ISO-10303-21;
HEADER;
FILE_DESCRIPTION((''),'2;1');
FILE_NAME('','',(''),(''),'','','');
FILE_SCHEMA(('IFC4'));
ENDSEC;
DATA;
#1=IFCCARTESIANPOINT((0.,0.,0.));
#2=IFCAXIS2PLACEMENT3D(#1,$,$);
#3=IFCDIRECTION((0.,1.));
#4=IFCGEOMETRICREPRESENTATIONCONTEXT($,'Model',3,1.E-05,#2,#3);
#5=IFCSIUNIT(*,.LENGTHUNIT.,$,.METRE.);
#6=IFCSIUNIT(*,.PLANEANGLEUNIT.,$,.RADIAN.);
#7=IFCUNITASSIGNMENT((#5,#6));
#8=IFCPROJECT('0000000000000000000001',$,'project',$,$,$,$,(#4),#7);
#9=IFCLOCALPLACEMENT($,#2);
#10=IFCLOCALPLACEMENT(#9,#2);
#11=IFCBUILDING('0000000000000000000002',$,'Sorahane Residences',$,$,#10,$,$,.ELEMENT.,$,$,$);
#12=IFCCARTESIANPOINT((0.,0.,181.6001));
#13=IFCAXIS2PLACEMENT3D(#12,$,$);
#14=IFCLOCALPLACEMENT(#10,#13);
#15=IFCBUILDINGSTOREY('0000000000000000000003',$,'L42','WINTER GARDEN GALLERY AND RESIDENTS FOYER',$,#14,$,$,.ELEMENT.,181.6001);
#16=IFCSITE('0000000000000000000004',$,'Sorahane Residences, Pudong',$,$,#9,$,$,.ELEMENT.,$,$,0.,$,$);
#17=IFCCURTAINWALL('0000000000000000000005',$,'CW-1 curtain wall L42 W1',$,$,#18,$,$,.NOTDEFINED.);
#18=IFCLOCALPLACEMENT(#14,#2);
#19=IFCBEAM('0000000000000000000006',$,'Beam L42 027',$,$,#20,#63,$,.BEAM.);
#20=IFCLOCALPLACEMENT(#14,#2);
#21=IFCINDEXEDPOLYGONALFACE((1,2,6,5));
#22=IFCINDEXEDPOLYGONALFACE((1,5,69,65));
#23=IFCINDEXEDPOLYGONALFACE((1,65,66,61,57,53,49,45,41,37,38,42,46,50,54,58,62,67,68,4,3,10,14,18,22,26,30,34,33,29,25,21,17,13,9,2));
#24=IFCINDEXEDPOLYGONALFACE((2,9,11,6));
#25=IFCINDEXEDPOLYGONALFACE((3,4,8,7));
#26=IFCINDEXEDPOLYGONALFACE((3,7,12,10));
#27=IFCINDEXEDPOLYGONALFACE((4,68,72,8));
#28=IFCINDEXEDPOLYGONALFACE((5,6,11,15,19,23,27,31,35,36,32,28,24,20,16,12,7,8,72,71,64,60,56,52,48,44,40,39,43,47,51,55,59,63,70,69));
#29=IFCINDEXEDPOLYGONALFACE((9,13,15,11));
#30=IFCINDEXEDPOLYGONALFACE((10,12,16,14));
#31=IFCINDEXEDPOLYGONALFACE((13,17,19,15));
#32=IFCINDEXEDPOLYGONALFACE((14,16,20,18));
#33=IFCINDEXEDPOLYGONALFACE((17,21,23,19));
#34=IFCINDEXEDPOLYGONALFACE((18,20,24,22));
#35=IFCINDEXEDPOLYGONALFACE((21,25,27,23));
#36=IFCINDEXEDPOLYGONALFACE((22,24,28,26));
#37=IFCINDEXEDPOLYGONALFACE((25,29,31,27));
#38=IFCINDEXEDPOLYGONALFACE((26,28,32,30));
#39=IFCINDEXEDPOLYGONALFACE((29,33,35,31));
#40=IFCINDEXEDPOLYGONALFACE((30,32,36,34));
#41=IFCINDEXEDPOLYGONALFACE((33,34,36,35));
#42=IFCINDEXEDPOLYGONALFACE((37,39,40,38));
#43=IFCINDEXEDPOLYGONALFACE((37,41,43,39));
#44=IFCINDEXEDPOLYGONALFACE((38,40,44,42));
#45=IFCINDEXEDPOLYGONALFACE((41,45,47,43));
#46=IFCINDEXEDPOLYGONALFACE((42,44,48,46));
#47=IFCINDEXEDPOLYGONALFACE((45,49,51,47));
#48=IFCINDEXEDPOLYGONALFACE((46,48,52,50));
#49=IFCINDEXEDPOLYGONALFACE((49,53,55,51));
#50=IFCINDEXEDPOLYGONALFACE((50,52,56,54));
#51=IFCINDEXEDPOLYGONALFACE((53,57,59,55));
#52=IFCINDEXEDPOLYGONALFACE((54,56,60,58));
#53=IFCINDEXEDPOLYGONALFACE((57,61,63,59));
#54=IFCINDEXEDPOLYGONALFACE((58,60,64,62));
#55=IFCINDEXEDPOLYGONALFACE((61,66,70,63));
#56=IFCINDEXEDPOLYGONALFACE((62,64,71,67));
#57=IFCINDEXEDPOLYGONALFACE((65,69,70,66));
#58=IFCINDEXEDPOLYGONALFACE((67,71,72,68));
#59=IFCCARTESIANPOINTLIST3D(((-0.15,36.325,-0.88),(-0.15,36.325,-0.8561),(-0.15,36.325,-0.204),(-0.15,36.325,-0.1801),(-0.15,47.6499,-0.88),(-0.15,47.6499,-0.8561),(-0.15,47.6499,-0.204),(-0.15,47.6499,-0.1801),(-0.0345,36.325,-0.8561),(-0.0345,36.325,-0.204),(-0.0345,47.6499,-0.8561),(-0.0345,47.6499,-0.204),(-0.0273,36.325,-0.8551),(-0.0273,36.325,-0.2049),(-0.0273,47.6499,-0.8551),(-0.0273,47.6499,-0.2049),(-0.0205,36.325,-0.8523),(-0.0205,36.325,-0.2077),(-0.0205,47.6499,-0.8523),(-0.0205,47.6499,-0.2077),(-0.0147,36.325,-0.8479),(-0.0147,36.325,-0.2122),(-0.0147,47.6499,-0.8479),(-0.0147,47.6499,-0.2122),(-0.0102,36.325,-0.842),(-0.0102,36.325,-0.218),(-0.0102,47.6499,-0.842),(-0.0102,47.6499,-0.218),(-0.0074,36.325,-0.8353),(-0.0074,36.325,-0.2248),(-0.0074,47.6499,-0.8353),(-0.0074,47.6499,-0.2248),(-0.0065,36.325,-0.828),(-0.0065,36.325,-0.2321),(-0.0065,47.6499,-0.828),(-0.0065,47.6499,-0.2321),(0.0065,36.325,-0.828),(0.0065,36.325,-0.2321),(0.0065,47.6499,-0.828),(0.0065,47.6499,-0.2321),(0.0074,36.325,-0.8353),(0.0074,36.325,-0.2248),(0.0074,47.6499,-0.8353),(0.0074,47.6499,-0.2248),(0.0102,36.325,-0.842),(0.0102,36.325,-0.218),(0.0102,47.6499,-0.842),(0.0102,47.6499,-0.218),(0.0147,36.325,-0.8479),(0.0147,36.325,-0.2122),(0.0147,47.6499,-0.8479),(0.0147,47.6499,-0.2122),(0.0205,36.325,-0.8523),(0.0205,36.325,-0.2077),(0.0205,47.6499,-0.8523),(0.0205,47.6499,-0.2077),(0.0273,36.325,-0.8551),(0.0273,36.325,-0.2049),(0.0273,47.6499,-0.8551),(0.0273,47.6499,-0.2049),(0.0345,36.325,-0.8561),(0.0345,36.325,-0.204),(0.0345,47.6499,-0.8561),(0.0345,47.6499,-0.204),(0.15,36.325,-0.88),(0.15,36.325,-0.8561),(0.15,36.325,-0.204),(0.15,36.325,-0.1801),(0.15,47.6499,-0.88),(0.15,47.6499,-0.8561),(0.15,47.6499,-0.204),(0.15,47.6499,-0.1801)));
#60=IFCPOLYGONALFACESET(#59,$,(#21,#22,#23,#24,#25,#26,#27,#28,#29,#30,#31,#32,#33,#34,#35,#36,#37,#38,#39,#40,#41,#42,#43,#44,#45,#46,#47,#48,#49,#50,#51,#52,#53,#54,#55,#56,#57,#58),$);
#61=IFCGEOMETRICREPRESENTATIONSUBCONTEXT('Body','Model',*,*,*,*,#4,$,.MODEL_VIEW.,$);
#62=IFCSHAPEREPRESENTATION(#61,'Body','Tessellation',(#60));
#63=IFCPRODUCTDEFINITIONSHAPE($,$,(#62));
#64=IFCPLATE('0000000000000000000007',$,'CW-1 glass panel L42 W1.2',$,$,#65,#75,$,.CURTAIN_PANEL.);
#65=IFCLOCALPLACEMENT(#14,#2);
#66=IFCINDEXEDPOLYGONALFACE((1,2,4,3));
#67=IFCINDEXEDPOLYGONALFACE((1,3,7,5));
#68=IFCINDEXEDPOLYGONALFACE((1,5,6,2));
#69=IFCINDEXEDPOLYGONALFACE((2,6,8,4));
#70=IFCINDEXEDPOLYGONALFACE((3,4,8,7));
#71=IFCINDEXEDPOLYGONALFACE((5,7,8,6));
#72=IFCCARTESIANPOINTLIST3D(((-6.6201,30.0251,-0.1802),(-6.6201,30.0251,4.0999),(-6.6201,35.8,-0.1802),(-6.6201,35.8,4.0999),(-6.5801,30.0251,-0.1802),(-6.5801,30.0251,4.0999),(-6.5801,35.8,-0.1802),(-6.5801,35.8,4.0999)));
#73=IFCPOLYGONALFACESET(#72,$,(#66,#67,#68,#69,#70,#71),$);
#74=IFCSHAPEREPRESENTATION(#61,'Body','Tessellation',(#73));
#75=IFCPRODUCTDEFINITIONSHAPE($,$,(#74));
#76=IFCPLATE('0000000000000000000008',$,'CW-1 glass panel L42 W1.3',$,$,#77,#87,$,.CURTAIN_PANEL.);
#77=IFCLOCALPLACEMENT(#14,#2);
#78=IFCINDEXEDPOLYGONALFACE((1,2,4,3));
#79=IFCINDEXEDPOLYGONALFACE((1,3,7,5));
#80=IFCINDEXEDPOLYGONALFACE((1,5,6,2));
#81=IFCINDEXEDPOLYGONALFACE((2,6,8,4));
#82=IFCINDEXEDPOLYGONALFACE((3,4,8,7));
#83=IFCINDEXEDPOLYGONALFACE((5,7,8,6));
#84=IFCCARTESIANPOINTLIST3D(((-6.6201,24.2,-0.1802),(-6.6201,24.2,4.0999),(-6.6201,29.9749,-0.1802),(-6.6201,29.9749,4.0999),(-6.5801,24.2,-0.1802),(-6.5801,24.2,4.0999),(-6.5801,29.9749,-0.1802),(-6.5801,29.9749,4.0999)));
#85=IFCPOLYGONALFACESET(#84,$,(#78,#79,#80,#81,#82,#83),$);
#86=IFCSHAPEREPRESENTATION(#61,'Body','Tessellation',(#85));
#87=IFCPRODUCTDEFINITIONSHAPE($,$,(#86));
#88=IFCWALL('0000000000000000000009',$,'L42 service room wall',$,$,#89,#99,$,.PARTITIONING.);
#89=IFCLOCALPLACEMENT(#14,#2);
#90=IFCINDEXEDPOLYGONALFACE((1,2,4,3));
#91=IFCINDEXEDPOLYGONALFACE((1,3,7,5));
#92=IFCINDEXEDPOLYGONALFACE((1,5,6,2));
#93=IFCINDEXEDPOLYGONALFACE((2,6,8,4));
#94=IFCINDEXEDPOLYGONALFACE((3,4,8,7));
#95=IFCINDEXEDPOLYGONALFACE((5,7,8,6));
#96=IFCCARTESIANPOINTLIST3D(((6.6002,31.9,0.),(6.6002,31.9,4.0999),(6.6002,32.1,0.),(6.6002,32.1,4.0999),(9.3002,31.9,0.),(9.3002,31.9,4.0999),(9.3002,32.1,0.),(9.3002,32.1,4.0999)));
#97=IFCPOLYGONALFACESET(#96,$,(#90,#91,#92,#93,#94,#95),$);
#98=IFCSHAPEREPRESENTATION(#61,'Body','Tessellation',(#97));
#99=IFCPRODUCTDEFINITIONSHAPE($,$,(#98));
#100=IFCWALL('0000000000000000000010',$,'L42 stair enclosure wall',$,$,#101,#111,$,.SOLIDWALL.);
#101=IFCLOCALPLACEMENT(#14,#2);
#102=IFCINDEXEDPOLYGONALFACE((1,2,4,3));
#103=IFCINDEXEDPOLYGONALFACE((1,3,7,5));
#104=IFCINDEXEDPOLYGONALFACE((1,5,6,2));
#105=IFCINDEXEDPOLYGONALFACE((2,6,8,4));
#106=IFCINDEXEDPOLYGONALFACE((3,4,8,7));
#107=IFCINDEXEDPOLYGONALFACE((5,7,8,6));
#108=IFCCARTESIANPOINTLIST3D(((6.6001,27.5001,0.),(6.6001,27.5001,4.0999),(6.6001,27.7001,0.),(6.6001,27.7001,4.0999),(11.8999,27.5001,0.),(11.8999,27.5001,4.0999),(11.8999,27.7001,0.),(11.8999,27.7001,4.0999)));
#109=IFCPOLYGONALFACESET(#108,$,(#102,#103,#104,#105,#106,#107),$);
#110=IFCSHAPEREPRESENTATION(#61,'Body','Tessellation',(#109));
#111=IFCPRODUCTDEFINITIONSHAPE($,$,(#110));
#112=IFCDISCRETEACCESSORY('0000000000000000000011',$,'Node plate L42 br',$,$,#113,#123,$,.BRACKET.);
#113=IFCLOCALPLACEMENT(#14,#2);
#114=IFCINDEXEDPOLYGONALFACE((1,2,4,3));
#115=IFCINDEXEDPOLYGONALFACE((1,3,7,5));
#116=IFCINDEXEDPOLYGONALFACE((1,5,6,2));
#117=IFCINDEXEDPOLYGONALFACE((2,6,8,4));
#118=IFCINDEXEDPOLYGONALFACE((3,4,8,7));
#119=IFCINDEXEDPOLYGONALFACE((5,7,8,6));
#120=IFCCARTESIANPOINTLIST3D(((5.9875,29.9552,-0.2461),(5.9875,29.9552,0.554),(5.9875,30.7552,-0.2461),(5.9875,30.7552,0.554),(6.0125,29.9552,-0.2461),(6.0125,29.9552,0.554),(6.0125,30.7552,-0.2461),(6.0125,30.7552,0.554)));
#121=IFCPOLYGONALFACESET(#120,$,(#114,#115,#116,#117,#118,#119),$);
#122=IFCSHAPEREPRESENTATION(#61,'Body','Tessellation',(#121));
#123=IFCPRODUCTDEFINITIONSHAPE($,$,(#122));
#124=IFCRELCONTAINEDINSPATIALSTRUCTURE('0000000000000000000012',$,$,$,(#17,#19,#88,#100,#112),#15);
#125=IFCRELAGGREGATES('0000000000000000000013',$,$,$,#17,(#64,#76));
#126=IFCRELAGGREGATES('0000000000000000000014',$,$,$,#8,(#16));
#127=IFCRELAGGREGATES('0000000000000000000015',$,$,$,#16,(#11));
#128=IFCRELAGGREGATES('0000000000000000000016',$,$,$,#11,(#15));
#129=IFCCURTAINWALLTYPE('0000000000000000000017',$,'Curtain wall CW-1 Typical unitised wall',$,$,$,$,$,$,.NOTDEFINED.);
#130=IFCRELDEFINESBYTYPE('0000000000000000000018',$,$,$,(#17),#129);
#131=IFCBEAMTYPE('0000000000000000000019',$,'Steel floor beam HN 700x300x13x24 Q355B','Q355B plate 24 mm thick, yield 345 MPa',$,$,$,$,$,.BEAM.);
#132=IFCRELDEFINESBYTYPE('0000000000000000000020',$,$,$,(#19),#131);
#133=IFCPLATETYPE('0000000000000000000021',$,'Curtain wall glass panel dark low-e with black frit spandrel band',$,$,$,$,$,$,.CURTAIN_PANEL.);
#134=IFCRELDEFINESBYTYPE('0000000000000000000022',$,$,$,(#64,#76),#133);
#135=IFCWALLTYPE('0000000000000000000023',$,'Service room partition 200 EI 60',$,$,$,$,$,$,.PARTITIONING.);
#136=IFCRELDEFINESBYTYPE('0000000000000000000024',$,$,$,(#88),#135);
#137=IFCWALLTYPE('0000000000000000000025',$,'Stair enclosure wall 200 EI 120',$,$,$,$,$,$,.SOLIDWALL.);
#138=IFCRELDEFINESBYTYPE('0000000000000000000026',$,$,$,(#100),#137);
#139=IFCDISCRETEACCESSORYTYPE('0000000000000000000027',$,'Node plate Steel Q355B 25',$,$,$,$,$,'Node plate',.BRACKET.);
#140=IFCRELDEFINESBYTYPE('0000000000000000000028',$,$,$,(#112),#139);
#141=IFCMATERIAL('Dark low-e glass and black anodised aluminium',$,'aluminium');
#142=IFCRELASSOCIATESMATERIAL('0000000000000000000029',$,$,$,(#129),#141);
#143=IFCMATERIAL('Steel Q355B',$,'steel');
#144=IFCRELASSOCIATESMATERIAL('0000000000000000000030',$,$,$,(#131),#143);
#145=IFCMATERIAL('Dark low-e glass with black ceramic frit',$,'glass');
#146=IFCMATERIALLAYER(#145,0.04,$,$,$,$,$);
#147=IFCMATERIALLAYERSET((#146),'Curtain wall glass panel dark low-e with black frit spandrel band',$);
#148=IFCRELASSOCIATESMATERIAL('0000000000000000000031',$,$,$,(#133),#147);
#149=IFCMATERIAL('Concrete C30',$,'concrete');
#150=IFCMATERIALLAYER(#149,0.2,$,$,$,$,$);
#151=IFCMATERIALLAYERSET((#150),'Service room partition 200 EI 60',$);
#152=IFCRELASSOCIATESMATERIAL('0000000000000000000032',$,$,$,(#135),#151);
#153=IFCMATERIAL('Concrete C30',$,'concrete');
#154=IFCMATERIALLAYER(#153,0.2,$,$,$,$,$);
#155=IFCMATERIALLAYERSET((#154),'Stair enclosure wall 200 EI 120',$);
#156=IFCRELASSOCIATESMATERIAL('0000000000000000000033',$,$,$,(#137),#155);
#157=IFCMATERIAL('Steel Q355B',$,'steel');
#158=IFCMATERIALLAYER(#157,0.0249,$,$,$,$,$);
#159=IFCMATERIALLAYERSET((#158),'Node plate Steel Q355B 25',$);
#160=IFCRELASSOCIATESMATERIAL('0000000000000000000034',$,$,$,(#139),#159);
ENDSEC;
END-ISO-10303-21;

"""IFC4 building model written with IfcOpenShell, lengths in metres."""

from ifc_helpers import new_model, si_unit, direction, frame, frame_2d, origin, origin_2d, place, context, subcontext, project, spatial, rectangle, i_section, extrude, material, layer, layer_set, material_profile, profile_set, type_object, element, aggregate, save


model = new_model("IFC4")

# Units and contexts
model_context = context("Model", 3, precision=1e-05, world=origin(), true_north=direction((0.0, 1.0)))
body_context = subcontext(model_context, "Body", "Model", "MODEL_VIEW")
ifc_project = project(units=[si_unit("LENGTHUNIT", "METRE"), si_unit("PLANEANGLEUNIT", "RADIAN")], contexts=[model_context])

# Site, building, storey
site_placement = place(None, origin())
site = spatial("IfcSite", under=ifc_project, at=site_placement, Name="Sorahane Residences, Pudong", CompositionType="ELEMENT", RefElevation=0.0)
building_placement = place(site_placement, origin())
building = spatial("IfcBuilding", under=site, at=building_placement, Name="Sorahane Residences", CompositionType="ELEMENT")
storey_placement = place(building_placement, frame((0.0, 0.0, 181.6001)))
storey = spatial("IfcBuildingStorey", under=building, at=storey_placement, Name="L42", Description="WINTER GARDEN GALLERY AND RESIDENTS FOYER", CompositionType="ELEMENT", Elevation=181.6001)

# Curtain wall
ifc_material_1 = material(Name="Dark low-e glass and black anodised aluminium", Category="aluminium")
curtain_wall_type = type_object("IfcCurtainWallType", Name="Curtain wall CW-1 Typical unitised wall", PredefinedType="NOTDEFINED", material=ifc_material_1)
curtain_wall_placement = place(storey_placement, origin())
curtain_wall = element("IfcCurtainWall", 1, at=curtain_wall_placement, inside=storey, type_object=curtain_wall_type, Name="CW-1 curtain wall L42 W1", PredefinedType="NOTDEFINED")

# Beam
ifc_material_2 = material(Name="Steel Q355B", Category="steel")
ifc_material_profile_1 = material_profile(ifc_material_2, i_section(OverallWidth=0.3, OverallDepth=0.7, WebThickness=0.0129, FlangeThickness=0.0239, FilletRadius=0.0281, at=origin_2d()), Name="HN 700x300x13x24")
ifc_profile_set_1 = profile_set([ifc_material_profile_1], Name="Steel Q355B")
beam_type_1 = type_object("IfcBeamType", Name="Steel floor beam HN 700x300x13x24 Q355B", Description="Q355B plate 24 mm thick, yield 345 MPa", PredefinedType="BEAM", material=ifc_profile_set_1)
beam_1_placement = place(storey_placement, frame((0.0, 36.325, -0.53), z_axis=(0.0, 1.0, 0.0), x_axis=(-1.0, 0.0, 0.0)))
element("IfcBeam", 2, at=beam_1_placement, inside=storey, type_object=beam_type_1, Name="Beam L42 027", PredefinedType="BEAM", context=body_context, shape_type="SweptSolid", body=[
    extrude(i_section(OverallWidth=0.3, OverallDepth=0.7, WebThickness=0.0129, FlangeThickness=0.0239, FilletRadius=0.0281, at=origin_2d()), origin(), (0.0, 0.0, 1.0), 11.325),
])

# Plates
ifc_material_3 = material(Name="Dark low-e glass with black ceramic frit", Category="glass")
ifc_layer_1 = layer(ifc_material_3, 0.04)
ifc_layer_set_1 = layer_set([ifc_layer_1], Name="Curtain wall glass panel dark low-e with black frit spandrel band")
plate_type = type_object("IfcPlateType", Name="Curtain wall glass panel dark low-e with black frit spandrel band", PredefinedType="CURTAIN_PANEL", material=ifc_layer_set_1)
plate_1_placement = place(storey_placement, frame((-6.6001, 32.9126, -0.1802), z_axis=(0.0, 0.0, 1.0), x_axis=(0.0, -1.0, 0.0)))
plate_1 = element("IfcPlate", 3, at=plate_1_placement, type_object=plate_type, Name="CW-1 glass panel L42 W1.2", PredefinedType="CURTAIN_PANEL", context=body_context, shape_type="SweptSolid", body=[
    extrude(rectangle(XDim=5.7749, YDim=0.04, at=origin_2d()), origin(), (0.0, 0.0, 1.0), 4.28),
])
plate_2_placement = place(storey_placement, frame((-6.6001, 27.0874, -0.1802), z_axis=(0.0, 0.0, 1.0), x_axis=(0.0, -1.0, 0.0)))
plate_2 = element("IfcPlate", 4, at=plate_2_placement, type_object=plate_type, Name="CW-1 glass panel L42 W1.3", PredefinedType="CURTAIN_PANEL", context=body_context, shape_type="SweptSolid", body=[
    extrude(rectangle(XDim=5.7749, YDim=0.04, at=origin_2d()), origin(), (0.0, 0.0, 1.0), 4.28),
])
aggregate(curtain_wall, [plate_1, plate_2])

# Walls
ifc_material_4 = material(Name="Concrete C30", Category="concrete")
ifc_layer_2 = layer(ifc_material_4, 0.2)
ifc_layer_set_2 = layer_set([ifc_layer_2], Name="Service room partition 200 EI 60")
wall_type_1 = type_object("IfcWallType", Name="Service room partition 200 EI 60", PredefinedType="PARTITIONING", material=ifc_layer_set_2)
wall_1_placement = place(storey_placement, frame((6.6001, 32.0, 0.0), z_axis=(0.0, 0.0, 1.0), x_axis=(1.0, 0.0, 0.0)))
element("IfcWall", 5, at=wall_1_placement, inside=storey, type_object=wall_type_1, Name="L42 service room wall", PredefinedType="PARTITIONING", context=body_context, shape_type="SweptSolid", body=[
    extrude(rectangle(XDim=2.7, YDim=0.2, at=frame_2d((1.3501, 0.0))), origin(), (0.0, 0.0, 1.0), 4.0999),
])
ifc_material_5 = material(Name="Concrete C30", Category="concrete")
ifc_layer_3 = layer(ifc_material_5, 0.2)
ifc_layer_set_3 = layer_set([ifc_layer_3], Name="Stair enclosure wall 200 EI 120")
wall_type_2 = type_object("IfcWallType", Name="Stair enclosure wall 200 EI 120", PredefinedType="SOLIDWALL", material=ifc_layer_set_3)
wall_2_placement = place(storey_placement, frame((6.6001, 27.6001, 0.0), z_axis=(0.0, 0.0, 1.0), x_axis=(1.0, 0.0, 0.0)))
element("IfcWall", 6, at=wall_2_placement, inside=storey, type_object=wall_type_2, Name="L42 stair enclosure wall", PredefinedType="SOLIDWALL", context=body_context, shape_type="SweptSolid", body=[
    extrude(rectangle(XDim=5.2998, YDim=0.2, at=frame_2d((2.6499, 0.0))), origin(), (0.0, 0.0, 1.0), 4.0999),
])

# Discrete accessory
ifc_material_6 = material(Name="Steel Q355B", Category="steel")
ifc_layer_4 = layer(ifc_material_6, 0.0249)
ifc_layer_set_4 = layer_set([ifc_layer_4], Name="Node plate Steel Q355B 25")
discrete_accessory_type = type_object("IfcDiscreteAccessoryType", Name="Node plate Steel Q355B 25", ElementType="Node plate", PredefinedType="BRACKET", material=ifc_layer_set_4)
discrete_accessory_placement = place(storey_placement, frame((6.0, 30.3552, -0.2461), z_axis=(0.0, 0.0, 1.0), x_axis=(0.0, 1.0, 0.0)))
element("IfcDiscreteAccessory", 7, at=discrete_accessory_placement, inside=storey, type_object=discrete_accessory_type, Name="Node plate L42 br", PredefinedType="BRACKET", context=body_context, shape_type="SweptSolid", body=[
    extrude(rectangle(XDim=0.8, YDim=0.0249, at=origin_2d()), origin(), (0.0, 0.0, 1.0), 0.8),
])

save(model, "model.ifc")
